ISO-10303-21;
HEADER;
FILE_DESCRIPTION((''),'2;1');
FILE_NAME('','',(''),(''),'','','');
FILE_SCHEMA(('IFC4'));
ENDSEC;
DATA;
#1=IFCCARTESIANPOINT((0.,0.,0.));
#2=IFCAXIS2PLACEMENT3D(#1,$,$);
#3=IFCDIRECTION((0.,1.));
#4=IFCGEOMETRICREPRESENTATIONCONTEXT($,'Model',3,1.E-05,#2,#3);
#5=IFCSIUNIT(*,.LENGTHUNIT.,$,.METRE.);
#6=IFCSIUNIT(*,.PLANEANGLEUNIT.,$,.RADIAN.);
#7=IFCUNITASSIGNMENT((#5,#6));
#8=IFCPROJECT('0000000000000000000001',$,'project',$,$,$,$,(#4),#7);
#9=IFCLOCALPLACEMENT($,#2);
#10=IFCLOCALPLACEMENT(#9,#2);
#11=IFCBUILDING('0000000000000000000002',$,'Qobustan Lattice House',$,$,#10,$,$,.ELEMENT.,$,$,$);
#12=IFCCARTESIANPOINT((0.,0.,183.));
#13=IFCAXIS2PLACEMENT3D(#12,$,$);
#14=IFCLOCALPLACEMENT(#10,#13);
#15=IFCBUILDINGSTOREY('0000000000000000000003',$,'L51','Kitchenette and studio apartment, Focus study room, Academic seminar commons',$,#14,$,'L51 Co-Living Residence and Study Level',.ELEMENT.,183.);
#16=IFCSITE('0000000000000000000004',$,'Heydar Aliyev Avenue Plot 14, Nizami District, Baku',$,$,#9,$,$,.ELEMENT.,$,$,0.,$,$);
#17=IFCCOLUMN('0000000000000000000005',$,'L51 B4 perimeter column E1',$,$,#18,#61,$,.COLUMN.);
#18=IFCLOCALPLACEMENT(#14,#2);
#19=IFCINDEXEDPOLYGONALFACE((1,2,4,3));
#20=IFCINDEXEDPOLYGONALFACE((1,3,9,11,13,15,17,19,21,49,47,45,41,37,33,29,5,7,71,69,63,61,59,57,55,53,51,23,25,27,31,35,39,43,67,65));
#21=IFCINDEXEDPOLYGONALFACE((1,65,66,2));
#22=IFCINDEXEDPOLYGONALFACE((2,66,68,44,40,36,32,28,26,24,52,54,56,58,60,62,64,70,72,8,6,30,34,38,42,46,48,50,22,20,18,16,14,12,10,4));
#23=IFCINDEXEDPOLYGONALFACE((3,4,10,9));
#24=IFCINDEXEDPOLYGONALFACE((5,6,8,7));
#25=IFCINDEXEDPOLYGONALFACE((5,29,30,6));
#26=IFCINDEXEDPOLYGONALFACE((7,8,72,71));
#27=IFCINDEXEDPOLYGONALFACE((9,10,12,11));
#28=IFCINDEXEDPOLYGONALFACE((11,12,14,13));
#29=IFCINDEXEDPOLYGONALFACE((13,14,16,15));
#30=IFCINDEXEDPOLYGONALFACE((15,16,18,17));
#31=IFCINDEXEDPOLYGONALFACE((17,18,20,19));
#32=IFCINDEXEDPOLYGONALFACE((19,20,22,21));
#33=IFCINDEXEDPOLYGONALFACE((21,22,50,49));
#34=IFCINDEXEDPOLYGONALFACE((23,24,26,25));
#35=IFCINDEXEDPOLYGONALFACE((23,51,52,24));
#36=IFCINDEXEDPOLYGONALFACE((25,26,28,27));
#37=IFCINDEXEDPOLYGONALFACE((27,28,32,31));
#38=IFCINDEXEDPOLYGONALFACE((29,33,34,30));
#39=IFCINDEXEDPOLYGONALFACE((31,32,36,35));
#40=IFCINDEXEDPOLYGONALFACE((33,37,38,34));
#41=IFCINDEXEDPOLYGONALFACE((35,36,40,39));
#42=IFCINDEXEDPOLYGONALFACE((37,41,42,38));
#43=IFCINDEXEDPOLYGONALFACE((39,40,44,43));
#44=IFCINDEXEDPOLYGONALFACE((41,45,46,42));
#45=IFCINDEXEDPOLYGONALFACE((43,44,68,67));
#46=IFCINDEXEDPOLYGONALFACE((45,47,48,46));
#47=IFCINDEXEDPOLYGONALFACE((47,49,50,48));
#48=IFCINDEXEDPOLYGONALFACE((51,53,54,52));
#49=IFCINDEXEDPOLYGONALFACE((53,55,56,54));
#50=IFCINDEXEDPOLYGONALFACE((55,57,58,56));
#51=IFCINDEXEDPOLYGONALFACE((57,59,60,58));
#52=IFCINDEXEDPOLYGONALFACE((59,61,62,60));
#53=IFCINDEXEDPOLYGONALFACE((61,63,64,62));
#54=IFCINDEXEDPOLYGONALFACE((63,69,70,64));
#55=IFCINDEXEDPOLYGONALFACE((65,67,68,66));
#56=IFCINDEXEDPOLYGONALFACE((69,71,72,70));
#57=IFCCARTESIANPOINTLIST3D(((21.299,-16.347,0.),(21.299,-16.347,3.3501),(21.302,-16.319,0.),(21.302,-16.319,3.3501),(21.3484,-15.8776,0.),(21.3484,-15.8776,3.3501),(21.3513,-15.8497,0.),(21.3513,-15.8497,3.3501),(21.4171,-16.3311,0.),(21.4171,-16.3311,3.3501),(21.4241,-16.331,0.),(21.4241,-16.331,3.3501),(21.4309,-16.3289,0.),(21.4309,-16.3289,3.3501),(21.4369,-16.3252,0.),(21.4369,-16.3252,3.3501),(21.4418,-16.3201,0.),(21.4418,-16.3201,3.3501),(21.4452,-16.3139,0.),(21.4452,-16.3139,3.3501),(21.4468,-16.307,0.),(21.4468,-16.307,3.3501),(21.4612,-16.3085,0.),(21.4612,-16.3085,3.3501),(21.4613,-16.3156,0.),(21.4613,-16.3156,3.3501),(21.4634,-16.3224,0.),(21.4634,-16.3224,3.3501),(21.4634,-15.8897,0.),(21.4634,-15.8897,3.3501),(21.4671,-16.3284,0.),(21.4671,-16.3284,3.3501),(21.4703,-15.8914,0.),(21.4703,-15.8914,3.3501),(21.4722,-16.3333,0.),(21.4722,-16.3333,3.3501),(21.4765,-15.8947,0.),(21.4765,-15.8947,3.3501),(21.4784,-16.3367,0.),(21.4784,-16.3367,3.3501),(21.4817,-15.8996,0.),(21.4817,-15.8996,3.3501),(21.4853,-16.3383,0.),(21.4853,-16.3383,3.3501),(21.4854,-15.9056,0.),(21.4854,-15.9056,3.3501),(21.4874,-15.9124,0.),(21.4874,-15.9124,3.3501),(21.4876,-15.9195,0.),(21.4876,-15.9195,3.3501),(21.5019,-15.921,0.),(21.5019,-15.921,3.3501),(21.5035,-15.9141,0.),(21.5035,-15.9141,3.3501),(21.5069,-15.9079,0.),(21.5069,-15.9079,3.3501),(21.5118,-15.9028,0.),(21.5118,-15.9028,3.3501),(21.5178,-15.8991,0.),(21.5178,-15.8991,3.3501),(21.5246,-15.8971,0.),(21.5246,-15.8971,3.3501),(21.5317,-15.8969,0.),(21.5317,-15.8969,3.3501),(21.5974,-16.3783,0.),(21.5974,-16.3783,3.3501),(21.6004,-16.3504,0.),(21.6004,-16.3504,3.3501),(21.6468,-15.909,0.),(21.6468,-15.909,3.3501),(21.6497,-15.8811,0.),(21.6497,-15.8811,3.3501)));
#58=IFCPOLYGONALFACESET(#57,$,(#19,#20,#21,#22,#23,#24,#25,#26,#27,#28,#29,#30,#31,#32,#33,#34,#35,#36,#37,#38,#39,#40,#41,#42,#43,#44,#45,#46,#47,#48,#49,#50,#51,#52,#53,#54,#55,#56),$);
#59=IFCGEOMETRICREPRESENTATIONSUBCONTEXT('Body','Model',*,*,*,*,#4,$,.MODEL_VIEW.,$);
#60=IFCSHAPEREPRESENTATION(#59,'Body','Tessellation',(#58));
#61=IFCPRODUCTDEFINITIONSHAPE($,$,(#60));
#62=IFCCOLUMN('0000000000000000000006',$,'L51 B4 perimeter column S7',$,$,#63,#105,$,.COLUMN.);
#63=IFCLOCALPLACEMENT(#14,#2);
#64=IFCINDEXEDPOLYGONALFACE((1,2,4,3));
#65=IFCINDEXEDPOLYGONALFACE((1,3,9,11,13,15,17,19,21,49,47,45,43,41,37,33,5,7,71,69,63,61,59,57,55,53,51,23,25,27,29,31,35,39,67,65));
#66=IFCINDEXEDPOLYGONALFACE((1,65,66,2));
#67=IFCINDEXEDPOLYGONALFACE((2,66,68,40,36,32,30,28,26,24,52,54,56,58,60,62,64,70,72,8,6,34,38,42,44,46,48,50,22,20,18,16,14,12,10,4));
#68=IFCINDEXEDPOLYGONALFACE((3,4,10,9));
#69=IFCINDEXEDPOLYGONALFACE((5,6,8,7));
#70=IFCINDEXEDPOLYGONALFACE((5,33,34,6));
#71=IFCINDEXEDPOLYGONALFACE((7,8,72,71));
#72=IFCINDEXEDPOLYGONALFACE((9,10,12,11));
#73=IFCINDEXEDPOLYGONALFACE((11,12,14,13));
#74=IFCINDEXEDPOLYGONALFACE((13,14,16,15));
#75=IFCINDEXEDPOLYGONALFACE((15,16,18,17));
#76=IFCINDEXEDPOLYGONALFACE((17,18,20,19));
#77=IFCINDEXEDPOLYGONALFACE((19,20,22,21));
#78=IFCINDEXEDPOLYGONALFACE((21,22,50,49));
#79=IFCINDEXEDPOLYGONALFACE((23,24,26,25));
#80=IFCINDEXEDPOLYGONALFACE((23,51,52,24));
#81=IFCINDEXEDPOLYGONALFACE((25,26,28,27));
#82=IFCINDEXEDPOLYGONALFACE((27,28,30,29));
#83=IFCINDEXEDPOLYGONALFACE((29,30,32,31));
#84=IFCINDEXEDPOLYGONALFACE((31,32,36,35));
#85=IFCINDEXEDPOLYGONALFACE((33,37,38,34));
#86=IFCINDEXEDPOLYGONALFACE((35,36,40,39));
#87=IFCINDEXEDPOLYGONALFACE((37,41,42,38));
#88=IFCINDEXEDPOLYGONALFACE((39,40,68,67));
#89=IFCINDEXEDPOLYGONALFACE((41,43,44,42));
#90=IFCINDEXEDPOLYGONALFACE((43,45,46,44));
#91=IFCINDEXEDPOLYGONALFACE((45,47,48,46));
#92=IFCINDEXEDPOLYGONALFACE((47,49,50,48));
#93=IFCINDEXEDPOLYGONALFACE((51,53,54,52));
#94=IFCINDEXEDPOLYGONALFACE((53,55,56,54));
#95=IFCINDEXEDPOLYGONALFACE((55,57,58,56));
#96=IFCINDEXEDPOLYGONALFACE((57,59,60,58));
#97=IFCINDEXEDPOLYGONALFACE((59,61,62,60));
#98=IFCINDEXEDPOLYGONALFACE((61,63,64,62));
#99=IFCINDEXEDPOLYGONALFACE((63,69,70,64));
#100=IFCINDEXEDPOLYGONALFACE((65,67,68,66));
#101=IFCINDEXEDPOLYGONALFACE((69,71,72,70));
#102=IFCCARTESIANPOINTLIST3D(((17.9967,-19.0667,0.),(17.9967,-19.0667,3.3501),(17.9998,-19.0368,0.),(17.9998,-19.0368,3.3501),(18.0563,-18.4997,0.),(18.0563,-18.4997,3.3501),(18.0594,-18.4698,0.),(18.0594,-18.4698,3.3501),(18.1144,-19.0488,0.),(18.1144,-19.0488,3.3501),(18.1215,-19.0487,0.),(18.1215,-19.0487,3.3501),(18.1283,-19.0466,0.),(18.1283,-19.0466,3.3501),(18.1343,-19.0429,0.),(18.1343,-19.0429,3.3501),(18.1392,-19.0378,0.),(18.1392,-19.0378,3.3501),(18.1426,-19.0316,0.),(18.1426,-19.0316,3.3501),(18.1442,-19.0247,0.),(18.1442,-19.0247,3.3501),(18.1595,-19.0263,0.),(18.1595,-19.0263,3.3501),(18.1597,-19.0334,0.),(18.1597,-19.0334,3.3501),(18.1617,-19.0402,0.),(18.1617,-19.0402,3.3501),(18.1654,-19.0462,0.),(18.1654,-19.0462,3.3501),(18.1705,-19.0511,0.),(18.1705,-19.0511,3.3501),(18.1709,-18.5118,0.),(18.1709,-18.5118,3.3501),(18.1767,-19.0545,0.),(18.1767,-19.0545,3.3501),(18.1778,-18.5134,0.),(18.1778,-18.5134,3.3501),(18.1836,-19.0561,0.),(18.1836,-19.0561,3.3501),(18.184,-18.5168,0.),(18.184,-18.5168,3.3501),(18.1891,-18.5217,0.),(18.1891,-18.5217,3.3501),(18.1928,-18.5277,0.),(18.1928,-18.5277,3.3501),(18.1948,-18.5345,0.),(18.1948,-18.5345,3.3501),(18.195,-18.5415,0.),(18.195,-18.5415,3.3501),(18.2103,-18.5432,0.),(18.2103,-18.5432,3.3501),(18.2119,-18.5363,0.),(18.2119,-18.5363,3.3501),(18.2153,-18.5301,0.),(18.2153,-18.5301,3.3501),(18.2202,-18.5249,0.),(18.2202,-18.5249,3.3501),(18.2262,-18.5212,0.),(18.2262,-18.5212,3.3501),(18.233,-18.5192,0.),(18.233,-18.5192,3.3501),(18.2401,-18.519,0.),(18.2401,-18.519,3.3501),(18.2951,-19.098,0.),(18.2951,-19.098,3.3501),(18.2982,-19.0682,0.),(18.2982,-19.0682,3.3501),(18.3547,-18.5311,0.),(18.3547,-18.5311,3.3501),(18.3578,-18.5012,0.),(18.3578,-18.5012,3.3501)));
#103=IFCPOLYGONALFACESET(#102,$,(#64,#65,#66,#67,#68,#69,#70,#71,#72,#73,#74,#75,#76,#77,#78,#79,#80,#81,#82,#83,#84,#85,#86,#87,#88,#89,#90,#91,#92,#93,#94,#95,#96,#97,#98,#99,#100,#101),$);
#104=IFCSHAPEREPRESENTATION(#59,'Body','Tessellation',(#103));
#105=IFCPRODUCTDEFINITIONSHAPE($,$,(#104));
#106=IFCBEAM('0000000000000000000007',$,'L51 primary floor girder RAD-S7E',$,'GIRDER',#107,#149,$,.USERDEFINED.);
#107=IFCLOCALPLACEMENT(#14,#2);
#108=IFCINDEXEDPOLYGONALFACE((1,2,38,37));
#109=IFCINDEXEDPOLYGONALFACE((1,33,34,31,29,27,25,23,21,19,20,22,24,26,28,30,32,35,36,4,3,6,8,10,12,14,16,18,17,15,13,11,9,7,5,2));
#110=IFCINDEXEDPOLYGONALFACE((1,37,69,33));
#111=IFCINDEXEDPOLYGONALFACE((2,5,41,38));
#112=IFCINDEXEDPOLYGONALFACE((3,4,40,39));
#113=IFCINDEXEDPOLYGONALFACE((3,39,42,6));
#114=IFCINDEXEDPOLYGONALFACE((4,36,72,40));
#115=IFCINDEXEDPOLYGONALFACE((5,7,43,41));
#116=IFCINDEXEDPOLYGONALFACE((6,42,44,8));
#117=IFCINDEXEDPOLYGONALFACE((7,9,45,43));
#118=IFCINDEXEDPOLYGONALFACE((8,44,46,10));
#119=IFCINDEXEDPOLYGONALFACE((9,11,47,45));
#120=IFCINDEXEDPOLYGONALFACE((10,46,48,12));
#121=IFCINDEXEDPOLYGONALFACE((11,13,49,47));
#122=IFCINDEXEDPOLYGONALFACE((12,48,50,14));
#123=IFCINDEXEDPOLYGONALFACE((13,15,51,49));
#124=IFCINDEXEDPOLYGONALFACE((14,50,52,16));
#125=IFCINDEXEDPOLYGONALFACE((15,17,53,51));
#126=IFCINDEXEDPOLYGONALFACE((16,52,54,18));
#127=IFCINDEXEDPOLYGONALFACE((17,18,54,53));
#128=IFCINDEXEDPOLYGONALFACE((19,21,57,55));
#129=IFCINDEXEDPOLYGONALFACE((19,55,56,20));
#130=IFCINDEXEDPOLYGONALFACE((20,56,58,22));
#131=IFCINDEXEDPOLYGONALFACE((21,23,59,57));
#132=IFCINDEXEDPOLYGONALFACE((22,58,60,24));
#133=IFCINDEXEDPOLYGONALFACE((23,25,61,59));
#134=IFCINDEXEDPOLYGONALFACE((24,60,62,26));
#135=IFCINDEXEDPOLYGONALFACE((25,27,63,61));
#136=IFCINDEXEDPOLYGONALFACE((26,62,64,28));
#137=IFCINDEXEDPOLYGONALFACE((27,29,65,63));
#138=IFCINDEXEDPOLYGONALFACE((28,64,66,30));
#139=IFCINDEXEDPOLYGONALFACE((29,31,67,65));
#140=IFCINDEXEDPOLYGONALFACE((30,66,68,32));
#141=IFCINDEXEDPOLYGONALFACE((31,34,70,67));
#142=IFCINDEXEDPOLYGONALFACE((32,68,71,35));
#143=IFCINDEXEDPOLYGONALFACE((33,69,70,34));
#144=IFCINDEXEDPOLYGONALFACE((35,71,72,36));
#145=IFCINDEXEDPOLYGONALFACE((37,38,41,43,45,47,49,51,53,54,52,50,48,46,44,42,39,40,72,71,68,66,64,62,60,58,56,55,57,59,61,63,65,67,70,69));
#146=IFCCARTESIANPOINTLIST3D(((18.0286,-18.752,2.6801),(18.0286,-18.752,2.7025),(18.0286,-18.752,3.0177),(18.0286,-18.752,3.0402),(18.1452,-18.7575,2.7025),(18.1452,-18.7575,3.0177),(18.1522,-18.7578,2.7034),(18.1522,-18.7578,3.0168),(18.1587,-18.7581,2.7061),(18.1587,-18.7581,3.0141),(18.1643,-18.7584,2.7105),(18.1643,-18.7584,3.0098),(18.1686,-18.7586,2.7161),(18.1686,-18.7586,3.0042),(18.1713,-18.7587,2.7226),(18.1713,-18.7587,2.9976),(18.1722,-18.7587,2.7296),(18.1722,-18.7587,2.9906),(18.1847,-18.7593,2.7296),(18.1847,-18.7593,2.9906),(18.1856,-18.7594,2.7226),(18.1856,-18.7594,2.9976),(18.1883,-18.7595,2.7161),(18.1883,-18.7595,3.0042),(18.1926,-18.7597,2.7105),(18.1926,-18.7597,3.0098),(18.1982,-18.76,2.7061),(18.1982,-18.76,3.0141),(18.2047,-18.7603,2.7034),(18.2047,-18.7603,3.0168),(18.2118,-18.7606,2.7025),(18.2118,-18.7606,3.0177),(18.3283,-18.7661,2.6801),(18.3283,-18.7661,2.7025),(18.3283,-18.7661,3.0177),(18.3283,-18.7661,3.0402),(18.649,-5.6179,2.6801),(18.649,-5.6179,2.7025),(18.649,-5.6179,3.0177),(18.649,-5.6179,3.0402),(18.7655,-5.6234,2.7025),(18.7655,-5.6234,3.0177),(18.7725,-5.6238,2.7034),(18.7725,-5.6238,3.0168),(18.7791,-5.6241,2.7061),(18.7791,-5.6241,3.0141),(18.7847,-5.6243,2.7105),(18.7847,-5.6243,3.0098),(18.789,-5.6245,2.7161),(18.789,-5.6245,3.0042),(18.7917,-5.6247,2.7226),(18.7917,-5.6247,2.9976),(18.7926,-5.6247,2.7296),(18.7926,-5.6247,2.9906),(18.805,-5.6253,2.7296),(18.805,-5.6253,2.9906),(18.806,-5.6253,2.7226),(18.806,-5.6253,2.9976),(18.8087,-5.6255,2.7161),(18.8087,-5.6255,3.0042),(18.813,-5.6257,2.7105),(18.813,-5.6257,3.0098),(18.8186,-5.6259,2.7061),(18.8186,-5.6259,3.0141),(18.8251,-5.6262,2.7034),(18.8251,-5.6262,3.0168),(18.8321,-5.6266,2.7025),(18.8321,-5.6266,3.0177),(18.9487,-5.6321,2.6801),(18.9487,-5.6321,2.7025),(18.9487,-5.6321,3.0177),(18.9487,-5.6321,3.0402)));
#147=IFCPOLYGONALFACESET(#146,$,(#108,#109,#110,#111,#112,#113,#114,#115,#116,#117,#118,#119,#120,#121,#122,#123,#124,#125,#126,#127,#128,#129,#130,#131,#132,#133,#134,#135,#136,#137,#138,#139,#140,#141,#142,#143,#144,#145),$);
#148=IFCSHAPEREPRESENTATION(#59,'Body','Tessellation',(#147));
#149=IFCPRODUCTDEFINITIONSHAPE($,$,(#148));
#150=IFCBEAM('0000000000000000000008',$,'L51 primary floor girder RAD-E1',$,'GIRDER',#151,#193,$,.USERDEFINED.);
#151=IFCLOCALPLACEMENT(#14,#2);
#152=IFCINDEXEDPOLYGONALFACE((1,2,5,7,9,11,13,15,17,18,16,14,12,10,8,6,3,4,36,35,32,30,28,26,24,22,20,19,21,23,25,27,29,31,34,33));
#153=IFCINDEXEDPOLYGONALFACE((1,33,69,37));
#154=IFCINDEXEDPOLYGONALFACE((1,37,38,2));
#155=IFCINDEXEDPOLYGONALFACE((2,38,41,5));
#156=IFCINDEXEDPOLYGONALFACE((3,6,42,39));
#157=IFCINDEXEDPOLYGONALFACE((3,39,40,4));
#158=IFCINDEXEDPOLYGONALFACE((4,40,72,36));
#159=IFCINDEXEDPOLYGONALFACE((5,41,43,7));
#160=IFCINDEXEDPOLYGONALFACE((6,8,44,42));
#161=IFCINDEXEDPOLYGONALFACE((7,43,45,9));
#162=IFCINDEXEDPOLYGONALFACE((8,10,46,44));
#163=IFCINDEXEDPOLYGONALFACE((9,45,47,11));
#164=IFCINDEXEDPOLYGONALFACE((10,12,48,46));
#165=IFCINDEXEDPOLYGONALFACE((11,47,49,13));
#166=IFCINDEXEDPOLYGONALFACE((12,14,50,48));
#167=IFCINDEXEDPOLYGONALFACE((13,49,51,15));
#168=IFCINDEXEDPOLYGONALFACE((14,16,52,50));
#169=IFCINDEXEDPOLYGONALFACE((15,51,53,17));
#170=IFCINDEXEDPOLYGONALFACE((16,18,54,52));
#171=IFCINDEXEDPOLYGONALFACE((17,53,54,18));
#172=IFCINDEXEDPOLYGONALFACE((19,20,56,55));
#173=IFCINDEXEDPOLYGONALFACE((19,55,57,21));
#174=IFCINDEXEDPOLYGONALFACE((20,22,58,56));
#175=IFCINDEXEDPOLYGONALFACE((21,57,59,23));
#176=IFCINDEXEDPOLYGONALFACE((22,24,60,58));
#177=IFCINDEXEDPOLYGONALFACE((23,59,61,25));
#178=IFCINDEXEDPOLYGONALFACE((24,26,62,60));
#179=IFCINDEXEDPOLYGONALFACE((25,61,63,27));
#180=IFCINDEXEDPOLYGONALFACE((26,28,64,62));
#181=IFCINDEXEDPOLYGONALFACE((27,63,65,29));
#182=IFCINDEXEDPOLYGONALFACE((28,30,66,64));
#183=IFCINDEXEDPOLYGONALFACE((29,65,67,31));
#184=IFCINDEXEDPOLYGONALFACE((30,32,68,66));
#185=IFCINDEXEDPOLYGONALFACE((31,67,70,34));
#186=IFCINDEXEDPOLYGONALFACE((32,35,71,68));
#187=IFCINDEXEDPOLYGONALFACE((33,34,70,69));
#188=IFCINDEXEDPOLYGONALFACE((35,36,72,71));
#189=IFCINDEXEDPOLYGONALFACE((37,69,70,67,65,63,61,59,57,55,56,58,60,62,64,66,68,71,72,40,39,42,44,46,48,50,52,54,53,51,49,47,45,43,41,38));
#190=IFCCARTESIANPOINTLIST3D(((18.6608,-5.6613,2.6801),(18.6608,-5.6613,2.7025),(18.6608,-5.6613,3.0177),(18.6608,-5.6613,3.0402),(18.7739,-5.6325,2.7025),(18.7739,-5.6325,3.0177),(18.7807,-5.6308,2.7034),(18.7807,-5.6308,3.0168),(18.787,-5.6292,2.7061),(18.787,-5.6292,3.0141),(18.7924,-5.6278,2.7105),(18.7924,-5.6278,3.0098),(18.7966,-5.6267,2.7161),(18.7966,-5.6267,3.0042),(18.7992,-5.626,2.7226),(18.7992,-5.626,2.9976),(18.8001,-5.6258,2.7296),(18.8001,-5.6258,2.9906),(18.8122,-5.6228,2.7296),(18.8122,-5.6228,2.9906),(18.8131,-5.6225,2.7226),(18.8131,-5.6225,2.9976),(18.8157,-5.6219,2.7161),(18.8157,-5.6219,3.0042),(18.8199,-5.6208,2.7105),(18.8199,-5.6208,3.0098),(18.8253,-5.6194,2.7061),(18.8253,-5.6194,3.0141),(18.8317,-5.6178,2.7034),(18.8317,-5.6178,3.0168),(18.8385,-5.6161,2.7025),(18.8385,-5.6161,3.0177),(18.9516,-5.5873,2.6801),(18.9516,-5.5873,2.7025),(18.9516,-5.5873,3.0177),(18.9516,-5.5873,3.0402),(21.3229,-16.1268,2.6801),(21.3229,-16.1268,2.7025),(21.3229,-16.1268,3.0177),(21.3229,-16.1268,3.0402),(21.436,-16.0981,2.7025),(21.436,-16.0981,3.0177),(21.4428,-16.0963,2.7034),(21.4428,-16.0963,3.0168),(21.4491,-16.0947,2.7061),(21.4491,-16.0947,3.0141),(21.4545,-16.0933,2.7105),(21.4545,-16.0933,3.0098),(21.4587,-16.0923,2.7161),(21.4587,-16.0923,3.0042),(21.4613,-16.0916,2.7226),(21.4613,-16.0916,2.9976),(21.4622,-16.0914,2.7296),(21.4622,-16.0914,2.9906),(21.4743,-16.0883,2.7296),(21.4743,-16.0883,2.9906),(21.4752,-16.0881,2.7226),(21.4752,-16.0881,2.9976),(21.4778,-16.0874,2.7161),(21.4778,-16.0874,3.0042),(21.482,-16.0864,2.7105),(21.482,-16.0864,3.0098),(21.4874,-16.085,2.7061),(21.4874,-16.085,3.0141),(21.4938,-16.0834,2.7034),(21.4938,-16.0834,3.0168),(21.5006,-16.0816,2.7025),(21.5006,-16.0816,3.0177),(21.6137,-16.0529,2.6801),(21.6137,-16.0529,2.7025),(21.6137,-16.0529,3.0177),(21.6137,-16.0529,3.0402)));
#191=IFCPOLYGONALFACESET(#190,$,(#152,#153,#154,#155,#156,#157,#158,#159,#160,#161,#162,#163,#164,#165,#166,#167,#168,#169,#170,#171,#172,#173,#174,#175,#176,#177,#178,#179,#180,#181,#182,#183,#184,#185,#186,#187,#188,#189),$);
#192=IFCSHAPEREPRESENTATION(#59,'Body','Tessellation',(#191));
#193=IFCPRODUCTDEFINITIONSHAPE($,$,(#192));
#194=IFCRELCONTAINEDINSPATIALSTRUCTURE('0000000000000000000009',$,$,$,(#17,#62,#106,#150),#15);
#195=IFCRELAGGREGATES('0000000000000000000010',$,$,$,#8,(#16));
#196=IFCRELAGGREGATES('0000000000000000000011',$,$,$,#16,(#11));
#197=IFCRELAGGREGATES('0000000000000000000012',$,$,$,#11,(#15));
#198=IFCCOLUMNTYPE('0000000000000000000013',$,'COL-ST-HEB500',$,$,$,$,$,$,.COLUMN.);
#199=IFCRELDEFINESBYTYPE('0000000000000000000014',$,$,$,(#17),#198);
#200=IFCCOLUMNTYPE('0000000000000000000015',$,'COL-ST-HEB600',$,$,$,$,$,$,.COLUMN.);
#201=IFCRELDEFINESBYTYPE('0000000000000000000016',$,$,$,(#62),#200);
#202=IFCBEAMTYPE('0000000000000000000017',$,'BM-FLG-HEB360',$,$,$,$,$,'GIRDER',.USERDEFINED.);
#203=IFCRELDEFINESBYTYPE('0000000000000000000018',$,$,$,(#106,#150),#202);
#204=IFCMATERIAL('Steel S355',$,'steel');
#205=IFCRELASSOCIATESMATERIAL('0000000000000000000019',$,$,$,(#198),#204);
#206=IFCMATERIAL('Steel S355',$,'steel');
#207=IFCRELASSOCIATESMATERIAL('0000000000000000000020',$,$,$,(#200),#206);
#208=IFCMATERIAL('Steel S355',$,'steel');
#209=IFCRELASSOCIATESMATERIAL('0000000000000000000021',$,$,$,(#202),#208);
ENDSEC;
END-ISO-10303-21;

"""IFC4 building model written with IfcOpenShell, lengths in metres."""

from ifc_helpers import new_model, si_unit, direction, frame, origin, origin_2d, place, context, subcontext, project, spatial, i_section, extrude, material, material_profile, profile_set, type_object, element, save


model = new_model("IFC4")

# Units and contexts
model_context = context("Model", 3, precision=1e-05, world=origin(), true_north=direction((0.0, 1.0)))
body_context = subcontext(model_context, "Body", "Model", "MODEL_VIEW")
ifc_project = project(units=[si_unit("LENGTHUNIT", "METRE"), si_unit("PLANEANGLEUNIT", "RADIAN")], contexts=[model_context])

# Site, building, storey
site_placement = place(None, origin())
site = spatial("IfcSite", under=ifc_project, at=site_placement, Name="Heydar Aliyev Avenue Plot 14, Nizami District, Baku", CompositionType="ELEMENT", RefElevation=0.0)
building_placement = place(site_placement, origin())
building = spatial("IfcBuilding", under=site, at=building_placement, Name="Qobustan Lattice House", CompositionType="ELEMENT")
storey_placement = place(building_placement, frame((0.0, 0.0, 183.0)))
storey = spatial("IfcBuildingStorey", under=building, at=storey_placement, Name="L51", Description="Kitchenette and studio apartment, Focus study room, Academic seminar commons", LongName="L51 Co-Living Residence and Study Level", CompositionType="ELEMENT", Elevation=183.0)

# Columns
ifc_material_1 = material(Name="Steel S355", Category="steel")
ifc_material_profile_1 = material_profile(ifc_material_1, i_section(OverallWidth=0.3, OverallDepth=0.5, WebThickness=0.0144, FlangeThickness=0.0281, FilletRadius=0.0271, at=origin_2d()), Name="HEB500")
ifc_profile_set_1 = profile_set([ifc_material_profile_1], Name="Steel S355")
column_type_1 = type_object("IfcColumnType", Name="COL-ST-HEB500", PredefinedType="COLUMN", material=ifc_profile_set_1)
column_1_placement = place(storey_placement, frame((21.4744, -16.114, 0.0), z_axis=(0.0, 0.0, 1.0), x_axis=(0.994522, -0.104528, 0.0)))
element("IfcColumn", 1, at=column_1_placement, inside=storey, type_object=column_type_1, Name="L51 B4 perimeter column E1", PredefinedType="COLUMN", context=body_context, shape_type="SweptSolid", body=[
    extrude(i_section(OverallWidth=0.3, OverallDepth=0.5, WebThickness=0.0144, FlangeThickness=0.0281, FilletRadius=0.0271, at=origin_2d()), origin(), (0.0, 0.0, 1.0), 3.3501),
])
ifc_material_2 = material(Name="Steel S355", Category="steel")
ifc_material_profile_2 = material_profile(ifc_material_2, i_section(OverallWidth=0.3, OverallDepth=0.6001, WebThickness=0.0154, FlangeThickness=0.03, FilletRadius=0.0271, at=origin_2d()), Name="HEB600")
ifc_profile_set_2 = profile_set([ifc_material_profile_2], Name="Steel S355")
column_type_2 = type_object("IfcColumnType", Name="COL-ST-HEB600", PredefinedType="COLUMN", material=ifc_profile_set_2)
column_2_placement = place(storey_placement, frame((18.1772, -18.7839, 0.0), z_axis=(0.0, 0.0, 1.0), x_axis=(0.994522, -0.104528, 0.0)))
element("IfcColumn", 2, at=column_2_placement, inside=storey, type_object=column_type_2, Name="L51 B4 perimeter column S7", PredefinedType="COLUMN", context=body_context, shape_type="SweptSolid", body=[
    extrude(i_section(OverallWidth=0.3, OverallDepth=0.6001, WebThickness=0.0154, FlangeThickness=0.03, FilletRadius=0.0271, at=origin_2d()), origin(), (0.0, 0.0, 1.0), 3.3501),
])

# Beams
ifc_material_3 = material(Name="Steel S355", Category="steel")
ifc_material_profile_3 = material_profile(ifc_material_3, i_section(OverallWidth=0.3, OverallDepth=0.3601, WebThickness=0.0125, FlangeThickness=0.0225, FilletRadius=0.0271, at=origin_2d()), Name="HEB360")
ifc_profile_set_3 = profile_set([ifc_material_profile_3], Name="Steel S355")
beam_type_1 = type_object("IfcBeamType", Name="BM-FLG-HEB360", ElementType="GIRDER", PredefinedType="USERDEFINED", material=ifc_profile_set_3)
beam_1_placement = place(storey_placement, frame((18.1785, -18.759, 2.8601), z_axis=(0.047181, 0.998886, 0.0), x_axis=(-0.998886, 0.047181, 0.0)))
element("IfcBeam", 3, at=beam_1_placement, inside=storey, type_object=beam_type_1, Name="L51 primary floor girder RAD-S7E", ObjectType="GIRDER", PredefinedType="USERDEFINED", context=body_context, shape_type="SweptSolid", body=[
    extrude(i_section(OverallWidth=0.3, OverallDepth=0.3601, WebThickness=0.0125, FlangeThickness=0.0225, FilletRadius=0.0271, at=origin_2d()), origin(), (0.0, 0.0, 1.0), 13.1487),
])
beam_2_placement = place(storey_placement, frame((21.4683, -16.0898, 2.8601), z_axis=(-0.246518, 0.969138, 0.0), x_axis=(-0.969138, -0.246518, 0.0)))
element("IfcBeam", 4, at=beam_2_placement, inside=storey, type_object=beam_type_1, Name="L51 primary floor girder RAD-E1", ObjectType="GIRDER", PredefinedType="USERDEFINED", context=body_context, shape_type="SweptSolid", body=[
    extrude(i_section(OverallWidth=0.3, OverallDepth=0.3601, WebThickness=0.0125, FlangeThickness=0.0225, FilletRadius=0.0271, at=origin_2d()), origin(), (0.0, 0.0, 1.0), 10.7988),
])

save(model, "model.ifc")
